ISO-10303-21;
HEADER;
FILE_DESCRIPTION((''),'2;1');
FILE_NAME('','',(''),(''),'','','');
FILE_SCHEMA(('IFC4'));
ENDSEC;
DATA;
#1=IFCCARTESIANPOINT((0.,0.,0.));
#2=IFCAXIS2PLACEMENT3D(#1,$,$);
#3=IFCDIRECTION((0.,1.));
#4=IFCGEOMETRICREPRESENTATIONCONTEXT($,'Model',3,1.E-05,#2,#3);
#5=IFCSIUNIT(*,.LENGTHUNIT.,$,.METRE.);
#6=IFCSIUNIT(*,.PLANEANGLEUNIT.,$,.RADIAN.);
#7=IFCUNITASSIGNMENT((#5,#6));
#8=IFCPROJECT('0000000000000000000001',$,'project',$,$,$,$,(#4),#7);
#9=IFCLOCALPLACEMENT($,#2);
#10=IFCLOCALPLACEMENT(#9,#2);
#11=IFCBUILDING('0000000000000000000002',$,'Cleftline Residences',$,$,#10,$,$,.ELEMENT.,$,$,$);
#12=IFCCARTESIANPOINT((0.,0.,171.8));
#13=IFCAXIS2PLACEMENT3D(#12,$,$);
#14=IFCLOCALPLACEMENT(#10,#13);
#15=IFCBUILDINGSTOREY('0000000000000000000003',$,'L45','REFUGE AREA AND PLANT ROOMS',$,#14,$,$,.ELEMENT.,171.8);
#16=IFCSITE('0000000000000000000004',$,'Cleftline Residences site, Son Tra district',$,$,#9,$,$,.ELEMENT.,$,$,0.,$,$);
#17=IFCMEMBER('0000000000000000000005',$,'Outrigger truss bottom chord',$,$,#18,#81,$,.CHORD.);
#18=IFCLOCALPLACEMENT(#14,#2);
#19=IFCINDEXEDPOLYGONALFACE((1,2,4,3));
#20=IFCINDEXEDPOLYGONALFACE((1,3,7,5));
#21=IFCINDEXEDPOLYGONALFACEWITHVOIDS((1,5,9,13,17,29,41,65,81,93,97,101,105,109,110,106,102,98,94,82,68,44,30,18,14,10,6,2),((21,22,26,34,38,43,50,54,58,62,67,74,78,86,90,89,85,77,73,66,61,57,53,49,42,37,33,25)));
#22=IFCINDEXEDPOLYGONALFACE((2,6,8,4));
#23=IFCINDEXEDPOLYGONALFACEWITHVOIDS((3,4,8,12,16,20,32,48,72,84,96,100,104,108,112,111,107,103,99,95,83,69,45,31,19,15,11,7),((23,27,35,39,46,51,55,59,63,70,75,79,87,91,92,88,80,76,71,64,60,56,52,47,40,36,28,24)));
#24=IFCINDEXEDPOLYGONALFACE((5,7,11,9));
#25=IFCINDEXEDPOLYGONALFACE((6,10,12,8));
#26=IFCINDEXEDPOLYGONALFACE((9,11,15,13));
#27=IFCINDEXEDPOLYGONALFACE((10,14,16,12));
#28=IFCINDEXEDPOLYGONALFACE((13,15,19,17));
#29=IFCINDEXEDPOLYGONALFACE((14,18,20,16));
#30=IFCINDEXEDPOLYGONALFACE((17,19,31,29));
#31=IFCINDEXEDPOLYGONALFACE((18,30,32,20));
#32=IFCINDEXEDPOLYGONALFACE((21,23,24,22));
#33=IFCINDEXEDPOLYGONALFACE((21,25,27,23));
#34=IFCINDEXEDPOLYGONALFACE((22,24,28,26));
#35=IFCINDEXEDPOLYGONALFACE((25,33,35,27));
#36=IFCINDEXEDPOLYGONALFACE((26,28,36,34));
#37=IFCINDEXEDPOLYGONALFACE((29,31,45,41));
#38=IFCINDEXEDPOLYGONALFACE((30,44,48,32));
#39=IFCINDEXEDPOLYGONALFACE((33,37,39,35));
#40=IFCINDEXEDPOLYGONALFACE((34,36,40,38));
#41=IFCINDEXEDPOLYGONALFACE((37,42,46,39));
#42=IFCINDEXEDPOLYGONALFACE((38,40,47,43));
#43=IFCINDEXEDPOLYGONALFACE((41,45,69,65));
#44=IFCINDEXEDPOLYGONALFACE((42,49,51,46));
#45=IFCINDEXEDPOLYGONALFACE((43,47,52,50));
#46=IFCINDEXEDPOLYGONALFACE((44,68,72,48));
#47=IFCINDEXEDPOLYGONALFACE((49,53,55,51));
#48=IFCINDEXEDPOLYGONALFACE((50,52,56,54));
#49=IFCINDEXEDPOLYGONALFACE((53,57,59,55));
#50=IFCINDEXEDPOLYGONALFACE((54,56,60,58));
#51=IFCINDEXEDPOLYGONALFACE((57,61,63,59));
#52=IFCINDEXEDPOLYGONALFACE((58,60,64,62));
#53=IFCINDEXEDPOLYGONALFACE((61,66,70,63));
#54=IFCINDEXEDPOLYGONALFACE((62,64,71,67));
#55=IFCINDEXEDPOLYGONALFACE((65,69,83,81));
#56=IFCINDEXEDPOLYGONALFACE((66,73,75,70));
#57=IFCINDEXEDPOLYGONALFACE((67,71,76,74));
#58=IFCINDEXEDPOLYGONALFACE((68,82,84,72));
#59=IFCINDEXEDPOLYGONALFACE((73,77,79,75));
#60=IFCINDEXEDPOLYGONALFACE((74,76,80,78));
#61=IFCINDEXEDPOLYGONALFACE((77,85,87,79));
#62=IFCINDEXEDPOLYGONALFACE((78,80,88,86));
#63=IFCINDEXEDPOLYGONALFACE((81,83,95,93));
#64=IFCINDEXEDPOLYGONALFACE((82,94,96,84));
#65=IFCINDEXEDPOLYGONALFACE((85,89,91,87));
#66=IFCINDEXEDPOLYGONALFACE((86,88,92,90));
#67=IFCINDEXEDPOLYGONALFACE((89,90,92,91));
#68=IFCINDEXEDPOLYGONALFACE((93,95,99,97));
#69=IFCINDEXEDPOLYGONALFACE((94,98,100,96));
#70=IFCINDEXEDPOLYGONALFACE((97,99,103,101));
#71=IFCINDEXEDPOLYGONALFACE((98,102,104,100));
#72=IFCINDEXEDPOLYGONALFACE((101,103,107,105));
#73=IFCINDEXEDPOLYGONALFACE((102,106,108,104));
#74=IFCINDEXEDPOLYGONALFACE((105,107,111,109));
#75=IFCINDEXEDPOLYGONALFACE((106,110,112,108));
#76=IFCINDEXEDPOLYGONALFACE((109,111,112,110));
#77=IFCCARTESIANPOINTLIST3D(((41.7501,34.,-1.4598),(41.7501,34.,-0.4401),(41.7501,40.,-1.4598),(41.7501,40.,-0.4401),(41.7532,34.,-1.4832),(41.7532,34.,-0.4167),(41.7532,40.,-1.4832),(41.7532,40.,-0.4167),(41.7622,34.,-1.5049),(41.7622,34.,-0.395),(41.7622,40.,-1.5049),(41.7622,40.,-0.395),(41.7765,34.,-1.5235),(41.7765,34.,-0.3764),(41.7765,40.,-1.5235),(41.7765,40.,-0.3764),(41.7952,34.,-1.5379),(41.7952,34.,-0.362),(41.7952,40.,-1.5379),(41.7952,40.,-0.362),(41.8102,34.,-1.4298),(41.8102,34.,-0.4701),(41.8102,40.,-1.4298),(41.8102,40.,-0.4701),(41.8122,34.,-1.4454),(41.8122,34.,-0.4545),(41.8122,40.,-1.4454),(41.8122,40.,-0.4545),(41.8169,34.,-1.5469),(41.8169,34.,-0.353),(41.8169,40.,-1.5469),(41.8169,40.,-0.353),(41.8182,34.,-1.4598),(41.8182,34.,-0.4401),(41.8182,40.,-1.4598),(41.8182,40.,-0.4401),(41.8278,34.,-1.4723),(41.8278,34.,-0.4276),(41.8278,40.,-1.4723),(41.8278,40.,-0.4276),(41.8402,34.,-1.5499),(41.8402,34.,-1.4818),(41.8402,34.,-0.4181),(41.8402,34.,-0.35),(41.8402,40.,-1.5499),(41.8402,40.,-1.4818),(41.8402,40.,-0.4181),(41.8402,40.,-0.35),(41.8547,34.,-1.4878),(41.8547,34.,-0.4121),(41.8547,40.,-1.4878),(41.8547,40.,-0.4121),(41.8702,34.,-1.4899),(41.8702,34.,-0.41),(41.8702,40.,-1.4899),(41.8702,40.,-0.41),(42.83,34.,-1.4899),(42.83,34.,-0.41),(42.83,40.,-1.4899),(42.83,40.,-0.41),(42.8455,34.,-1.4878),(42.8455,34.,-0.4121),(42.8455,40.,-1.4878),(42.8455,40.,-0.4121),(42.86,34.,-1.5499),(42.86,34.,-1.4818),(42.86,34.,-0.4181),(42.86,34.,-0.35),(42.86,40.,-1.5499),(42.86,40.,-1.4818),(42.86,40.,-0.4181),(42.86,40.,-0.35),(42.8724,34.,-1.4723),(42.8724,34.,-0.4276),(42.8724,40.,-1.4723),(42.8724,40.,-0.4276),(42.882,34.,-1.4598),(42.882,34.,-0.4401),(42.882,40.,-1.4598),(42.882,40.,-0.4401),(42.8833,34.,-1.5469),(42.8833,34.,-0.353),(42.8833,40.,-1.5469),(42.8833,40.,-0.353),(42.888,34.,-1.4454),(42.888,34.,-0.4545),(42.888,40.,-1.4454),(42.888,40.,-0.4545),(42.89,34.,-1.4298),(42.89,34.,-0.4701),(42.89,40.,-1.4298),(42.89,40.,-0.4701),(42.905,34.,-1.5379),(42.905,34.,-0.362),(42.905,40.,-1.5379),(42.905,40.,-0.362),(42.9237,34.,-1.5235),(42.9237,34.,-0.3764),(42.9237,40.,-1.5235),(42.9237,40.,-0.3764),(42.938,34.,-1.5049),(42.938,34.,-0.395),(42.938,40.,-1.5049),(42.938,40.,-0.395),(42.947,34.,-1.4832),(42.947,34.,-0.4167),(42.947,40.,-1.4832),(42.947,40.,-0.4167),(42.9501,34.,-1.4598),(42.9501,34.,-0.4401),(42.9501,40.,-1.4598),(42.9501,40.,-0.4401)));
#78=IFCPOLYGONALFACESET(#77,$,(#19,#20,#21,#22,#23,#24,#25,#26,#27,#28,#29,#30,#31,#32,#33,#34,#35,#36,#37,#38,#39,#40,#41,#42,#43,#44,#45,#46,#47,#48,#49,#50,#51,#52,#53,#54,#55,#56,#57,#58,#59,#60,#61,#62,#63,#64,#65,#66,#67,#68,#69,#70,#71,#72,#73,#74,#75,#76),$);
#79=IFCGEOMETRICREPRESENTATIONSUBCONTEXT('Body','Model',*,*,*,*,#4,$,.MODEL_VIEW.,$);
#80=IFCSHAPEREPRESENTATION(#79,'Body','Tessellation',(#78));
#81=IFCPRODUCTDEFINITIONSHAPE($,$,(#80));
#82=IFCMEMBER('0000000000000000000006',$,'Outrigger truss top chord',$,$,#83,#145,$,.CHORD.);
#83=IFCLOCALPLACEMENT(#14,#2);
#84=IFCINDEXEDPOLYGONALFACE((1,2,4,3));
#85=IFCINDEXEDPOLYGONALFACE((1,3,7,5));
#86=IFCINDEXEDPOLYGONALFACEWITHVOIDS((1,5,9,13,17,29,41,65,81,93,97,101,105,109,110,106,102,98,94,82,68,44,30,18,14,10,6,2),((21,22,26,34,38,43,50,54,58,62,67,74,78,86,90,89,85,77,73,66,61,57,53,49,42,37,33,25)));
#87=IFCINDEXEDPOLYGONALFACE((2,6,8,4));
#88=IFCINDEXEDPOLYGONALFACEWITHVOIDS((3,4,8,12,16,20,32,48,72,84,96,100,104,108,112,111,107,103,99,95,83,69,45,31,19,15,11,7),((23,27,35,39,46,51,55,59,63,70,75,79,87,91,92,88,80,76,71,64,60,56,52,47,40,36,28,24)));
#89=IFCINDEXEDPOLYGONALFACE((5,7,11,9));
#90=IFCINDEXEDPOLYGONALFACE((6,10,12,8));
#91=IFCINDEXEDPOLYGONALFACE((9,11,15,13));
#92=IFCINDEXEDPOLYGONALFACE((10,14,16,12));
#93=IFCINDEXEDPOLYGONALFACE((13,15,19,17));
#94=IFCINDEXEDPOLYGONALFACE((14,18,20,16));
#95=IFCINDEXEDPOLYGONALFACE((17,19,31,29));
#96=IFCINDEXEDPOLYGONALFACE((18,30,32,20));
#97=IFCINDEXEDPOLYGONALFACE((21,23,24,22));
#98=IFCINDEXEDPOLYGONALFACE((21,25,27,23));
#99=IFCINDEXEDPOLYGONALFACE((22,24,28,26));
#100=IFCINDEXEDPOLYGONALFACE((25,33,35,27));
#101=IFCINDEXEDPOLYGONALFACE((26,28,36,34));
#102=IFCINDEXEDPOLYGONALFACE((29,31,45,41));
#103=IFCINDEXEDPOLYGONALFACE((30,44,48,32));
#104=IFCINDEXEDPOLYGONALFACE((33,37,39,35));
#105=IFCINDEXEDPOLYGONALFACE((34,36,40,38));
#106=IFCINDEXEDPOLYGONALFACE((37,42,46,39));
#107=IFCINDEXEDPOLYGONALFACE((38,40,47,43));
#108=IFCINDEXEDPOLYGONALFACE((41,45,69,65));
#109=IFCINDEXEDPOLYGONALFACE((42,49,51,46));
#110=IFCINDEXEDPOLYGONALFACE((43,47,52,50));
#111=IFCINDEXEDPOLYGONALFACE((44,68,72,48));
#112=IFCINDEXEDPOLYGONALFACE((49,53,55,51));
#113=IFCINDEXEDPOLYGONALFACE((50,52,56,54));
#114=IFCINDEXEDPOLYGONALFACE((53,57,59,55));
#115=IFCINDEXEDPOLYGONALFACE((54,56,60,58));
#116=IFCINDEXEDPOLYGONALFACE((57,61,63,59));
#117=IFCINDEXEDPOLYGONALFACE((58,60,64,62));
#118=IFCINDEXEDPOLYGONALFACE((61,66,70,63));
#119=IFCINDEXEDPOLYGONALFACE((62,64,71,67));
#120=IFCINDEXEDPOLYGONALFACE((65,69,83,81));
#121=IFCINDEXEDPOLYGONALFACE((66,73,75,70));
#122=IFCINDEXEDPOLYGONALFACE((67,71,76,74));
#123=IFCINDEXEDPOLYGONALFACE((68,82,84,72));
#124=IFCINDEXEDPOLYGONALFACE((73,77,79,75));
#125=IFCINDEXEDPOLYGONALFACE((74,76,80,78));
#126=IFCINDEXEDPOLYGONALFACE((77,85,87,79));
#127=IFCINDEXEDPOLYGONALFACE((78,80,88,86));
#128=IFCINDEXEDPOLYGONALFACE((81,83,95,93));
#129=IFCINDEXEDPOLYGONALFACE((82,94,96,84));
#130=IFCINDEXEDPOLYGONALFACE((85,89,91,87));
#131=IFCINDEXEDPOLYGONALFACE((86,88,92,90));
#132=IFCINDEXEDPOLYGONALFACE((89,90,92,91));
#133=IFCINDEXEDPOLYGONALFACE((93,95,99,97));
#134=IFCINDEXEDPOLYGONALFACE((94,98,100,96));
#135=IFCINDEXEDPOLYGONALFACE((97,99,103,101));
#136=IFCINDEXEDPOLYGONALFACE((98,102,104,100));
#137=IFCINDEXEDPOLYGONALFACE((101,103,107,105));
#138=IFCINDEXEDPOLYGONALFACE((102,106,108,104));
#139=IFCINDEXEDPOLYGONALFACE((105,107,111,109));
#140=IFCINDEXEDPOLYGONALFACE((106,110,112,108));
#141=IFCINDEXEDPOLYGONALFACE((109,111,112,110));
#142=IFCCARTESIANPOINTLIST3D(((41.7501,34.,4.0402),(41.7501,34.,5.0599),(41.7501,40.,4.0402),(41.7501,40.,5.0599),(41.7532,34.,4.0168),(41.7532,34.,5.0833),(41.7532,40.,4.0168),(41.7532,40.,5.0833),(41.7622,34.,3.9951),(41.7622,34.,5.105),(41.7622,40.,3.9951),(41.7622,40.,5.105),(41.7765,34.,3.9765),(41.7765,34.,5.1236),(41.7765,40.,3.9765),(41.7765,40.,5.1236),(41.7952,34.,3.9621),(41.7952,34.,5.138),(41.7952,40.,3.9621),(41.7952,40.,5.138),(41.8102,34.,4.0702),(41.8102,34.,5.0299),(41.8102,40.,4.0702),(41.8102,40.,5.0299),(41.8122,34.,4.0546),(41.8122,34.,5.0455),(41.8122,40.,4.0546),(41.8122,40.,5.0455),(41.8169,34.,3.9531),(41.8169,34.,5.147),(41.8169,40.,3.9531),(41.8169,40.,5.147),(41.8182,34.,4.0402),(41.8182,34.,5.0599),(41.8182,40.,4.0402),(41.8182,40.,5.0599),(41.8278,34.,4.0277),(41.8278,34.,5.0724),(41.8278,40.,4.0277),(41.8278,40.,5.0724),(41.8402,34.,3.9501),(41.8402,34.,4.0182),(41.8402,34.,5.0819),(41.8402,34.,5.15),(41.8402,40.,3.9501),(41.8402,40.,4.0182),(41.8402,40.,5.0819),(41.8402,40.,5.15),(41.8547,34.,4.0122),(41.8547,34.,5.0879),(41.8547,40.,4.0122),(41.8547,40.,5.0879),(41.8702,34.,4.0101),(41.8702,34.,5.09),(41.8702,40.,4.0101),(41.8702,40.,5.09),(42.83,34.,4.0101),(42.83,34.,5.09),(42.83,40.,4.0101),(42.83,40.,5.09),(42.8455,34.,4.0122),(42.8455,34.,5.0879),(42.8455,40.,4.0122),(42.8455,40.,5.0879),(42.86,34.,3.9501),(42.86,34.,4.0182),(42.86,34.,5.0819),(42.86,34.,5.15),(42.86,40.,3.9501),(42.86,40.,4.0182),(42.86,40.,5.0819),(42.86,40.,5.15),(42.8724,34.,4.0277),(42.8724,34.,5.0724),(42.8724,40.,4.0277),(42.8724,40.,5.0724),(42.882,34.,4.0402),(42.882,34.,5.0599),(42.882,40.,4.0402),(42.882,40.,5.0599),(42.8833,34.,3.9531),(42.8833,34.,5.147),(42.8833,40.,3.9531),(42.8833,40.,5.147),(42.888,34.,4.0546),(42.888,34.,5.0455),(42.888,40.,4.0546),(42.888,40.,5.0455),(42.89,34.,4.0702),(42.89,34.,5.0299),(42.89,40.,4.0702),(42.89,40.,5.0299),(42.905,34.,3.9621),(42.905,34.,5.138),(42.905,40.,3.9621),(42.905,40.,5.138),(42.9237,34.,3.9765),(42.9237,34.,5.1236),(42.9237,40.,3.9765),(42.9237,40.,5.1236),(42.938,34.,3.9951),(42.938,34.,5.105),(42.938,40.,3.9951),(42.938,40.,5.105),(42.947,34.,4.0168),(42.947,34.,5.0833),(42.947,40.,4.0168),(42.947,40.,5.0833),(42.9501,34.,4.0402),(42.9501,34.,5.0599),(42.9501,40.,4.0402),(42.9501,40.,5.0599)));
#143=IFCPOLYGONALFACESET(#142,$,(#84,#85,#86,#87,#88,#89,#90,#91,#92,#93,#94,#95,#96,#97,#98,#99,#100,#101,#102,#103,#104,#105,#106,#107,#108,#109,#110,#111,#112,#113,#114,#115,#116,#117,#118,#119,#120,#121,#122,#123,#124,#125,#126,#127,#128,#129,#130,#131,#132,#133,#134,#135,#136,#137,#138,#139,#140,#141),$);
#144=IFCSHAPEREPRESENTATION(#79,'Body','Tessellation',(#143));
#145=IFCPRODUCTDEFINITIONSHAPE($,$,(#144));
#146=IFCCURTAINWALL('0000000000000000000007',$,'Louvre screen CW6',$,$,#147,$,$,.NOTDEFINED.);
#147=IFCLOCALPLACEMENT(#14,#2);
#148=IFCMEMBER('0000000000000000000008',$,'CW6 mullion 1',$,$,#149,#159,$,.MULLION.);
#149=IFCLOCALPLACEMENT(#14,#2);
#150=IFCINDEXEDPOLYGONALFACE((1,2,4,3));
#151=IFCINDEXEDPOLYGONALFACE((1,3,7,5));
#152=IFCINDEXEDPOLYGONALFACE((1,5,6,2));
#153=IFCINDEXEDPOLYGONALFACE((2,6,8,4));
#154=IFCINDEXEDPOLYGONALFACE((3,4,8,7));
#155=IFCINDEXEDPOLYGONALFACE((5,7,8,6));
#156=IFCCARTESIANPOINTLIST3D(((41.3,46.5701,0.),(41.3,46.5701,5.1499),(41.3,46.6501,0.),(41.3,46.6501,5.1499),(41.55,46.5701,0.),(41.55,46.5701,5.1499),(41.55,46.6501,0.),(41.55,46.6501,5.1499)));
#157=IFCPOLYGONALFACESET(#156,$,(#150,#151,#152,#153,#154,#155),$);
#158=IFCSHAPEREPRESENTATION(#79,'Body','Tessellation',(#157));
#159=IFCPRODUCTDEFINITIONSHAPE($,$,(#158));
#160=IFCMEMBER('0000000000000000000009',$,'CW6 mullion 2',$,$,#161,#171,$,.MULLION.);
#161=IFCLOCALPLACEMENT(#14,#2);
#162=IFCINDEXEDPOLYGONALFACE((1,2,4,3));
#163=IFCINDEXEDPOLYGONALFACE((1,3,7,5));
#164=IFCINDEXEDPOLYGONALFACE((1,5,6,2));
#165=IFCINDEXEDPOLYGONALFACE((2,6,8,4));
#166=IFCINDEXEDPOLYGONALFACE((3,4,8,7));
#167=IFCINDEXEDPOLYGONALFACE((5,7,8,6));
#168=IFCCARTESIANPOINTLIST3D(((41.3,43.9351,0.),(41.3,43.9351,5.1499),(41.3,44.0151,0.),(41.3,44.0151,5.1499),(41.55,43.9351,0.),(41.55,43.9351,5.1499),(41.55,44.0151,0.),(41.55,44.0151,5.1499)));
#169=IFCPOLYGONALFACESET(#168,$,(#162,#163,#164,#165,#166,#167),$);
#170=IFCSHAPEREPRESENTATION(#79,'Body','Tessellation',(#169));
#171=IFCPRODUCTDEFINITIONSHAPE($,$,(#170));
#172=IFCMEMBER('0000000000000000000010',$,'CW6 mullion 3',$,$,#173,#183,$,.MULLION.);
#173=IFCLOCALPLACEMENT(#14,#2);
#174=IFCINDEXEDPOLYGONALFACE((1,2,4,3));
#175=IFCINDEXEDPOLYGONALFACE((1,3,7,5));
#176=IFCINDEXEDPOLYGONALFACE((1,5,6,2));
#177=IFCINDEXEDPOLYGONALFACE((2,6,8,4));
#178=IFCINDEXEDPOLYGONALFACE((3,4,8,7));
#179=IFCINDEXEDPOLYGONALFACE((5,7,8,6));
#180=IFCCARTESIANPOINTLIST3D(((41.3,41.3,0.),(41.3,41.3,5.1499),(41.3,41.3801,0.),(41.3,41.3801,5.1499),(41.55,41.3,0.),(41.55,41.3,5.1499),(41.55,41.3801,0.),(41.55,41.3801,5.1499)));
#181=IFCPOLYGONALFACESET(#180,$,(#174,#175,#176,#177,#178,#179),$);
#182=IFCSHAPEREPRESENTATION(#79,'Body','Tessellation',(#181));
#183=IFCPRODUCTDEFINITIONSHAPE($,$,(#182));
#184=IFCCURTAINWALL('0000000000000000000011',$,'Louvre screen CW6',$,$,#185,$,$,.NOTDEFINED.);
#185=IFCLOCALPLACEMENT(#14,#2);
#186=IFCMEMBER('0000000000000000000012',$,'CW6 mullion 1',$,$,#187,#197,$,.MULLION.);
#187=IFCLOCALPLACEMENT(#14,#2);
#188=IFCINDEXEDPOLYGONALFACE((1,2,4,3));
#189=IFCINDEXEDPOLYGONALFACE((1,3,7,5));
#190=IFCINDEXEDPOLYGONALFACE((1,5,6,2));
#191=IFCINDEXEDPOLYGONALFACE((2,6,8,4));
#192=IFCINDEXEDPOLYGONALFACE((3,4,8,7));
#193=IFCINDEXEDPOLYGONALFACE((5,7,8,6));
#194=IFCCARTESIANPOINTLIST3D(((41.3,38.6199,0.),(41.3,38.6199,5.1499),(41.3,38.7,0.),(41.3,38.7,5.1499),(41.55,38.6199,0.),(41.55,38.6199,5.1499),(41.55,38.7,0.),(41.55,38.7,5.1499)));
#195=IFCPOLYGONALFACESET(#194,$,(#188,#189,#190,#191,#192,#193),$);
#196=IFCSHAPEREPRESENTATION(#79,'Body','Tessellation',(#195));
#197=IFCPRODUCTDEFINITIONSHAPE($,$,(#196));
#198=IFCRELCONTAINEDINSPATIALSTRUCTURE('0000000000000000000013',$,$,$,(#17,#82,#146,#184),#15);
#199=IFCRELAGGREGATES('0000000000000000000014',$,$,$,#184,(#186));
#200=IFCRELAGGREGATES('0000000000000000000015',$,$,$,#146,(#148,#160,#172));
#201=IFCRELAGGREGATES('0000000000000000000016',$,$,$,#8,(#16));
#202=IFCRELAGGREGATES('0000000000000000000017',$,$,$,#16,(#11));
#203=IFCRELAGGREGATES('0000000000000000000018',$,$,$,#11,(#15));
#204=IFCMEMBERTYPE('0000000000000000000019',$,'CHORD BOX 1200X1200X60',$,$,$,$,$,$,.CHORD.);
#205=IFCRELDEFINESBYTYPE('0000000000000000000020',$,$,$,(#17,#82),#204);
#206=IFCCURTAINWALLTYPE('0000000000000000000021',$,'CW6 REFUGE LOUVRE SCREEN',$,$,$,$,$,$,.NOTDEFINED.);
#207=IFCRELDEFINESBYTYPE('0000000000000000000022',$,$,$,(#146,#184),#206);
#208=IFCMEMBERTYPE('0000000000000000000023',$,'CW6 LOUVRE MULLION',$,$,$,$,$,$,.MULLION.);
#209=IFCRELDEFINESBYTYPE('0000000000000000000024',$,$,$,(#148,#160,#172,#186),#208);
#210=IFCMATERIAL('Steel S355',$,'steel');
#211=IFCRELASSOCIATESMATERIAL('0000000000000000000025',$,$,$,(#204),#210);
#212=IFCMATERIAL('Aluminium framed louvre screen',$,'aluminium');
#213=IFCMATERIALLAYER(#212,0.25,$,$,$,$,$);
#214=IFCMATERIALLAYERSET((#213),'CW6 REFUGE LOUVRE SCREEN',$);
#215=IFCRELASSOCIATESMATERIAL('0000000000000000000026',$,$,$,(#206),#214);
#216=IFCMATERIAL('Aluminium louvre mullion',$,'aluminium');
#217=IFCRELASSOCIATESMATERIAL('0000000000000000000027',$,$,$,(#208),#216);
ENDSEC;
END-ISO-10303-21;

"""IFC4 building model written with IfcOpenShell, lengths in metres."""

from ifc_helpers import new_model, si_unit, direction, frame, origin, origin_2d, place, context, subcontext, project, spatial, rectangle, hollow_rectangle, extrude, material, layer, layer_set, material_profile, profile_set, type_object, element, aggregate, save


model = new_model("IFC4")

# Units and contexts
model_context = context("Model", 3, precision=1e-05, world=origin(), true_north=direction((0.0, 1.0)))
body_context = subcontext(model_context, "Body", "Model", "MODEL_VIEW")
ifc_project = project(units=[si_unit("LENGTHUNIT", "METRE"), si_unit("PLANEANGLEUNIT", "RADIAN")], contexts=[model_context])

# Site, building, storey
site_placement = place(None, origin())
site = spatial("IfcSite", under=ifc_project, at=site_placement, Name="Cleftline Residences site, Son Tra district", CompositionType="ELEMENT", RefElevation=0.0)
building_placement = place(site_placement, origin())
building = spatial("IfcBuilding", under=site, at=building_placement, Name="Cleftline Residences", CompositionType="ELEMENT")
storey_placement = place(building_placement, frame((0.0, 0.0, 171.8)))
storey = spatial("IfcBuildingStorey", under=building, at=storey_placement, Name="L45", Description="REFUGE AREA AND PLANT ROOMS", CompositionType="ELEMENT", Elevation=171.8)

# Members
ifc_material_1 = material(Name="Steel S355", Category="steel")
ifc_material_profile_1 = material_profile(ifc_material_1, hollow_rectangle(XDim=1.2, YDim=1.2, WallThickness=0.0601, InnerFilletRadius=0.0601, OuterFilletRadius=0.0901, at=origin_2d()))
ifc_profile_set_1 = profile_set([ifc_material_profile_1], Name="Steel S355")
member_type_1 = type_object("IfcMemberType", Name="CHORD BOX 1200X1200X60", PredefinedType="CHORD", material=ifc_profile_set_1)
for number, where, z_axis, x_axis, name in (
    (1, (42.3501, 40.0, -0.95), (0.0, -1.0, 0.0), (1.0, 0.0, 0.0), "Outrigger truss bottom chord"),
    (2, (42.3501, 40.0, 4.55), (0.0, -1.0, 0.0), (1.0, 0.0, 0.0), "Outrigger truss top chord"),
):
    element("IfcMember", number, at=place(storey_placement, frame(where, z_axis=z_axis, x_axis=x_axis)), inside=storey, type_object=member_type_1, Name=name, PredefinedType="CHORD", context=body_context, shape_type="SweptSolid", body=[
        extrude(hollow_rectangle(XDim=1.2, YDim=1.2, WallThickness=0.0601, InnerFilletRadius=0.0601, OuterFilletRadius=0.0901, at=origin_2d()), origin(), (0.0, 0.0, 1.0), 6.0),
    ])

# Curtain wall, members
ifc_material_2 = material(Name="Aluminium framed louvre screen", Category="aluminium")
ifc_layer_1 = layer(ifc_material_2, 0.25)
ifc_layer_set_1 = layer_set([ifc_layer_1], Name="CW6 REFUGE LOUVRE SCREEN")
curtain_wall_type = type_object("IfcCurtainWallType", Name="CW6 REFUGE LOUVRE SCREEN", PredefinedType="NOTDEFINED", material=ifc_layer_set_1)
curtain_wall_1_placement = place(storey_placement, origin())
curtain_wall_1 = element("IfcCurtainWall", 3, at=curtain_wall_1_placement, inside=storey, type_object=curtain_wall_type, Name="Louvre screen CW6", PredefinedType="NOTDEFINED")
ifc_material_3 = material(Name="Aluminium louvre mullion", Category="aluminium")
ifc_material_profile_2 = material_profile(ifc_material_3, rectangle(XDim=0.25, YDim=0.0801, at=origin_2d()))
ifc_profile_set_2 = profile_set([ifc_material_profile_2], Name="Aluminium louvre mullion")
member_type_2 = type_object("IfcMemberType", Name="CW6 LOUVRE MULLION", PredefinedType="MULLION", material=ifc_profile_set_2)
member_1_placement = place(storey_placement, frame((41.425, 46.6101, 0.0), z_axis=(0.0, 0.0, 1.0), x_axis=(1.0, 0.0, 0.0)))
member_1 = element("IfcMember", 4, at=member_1_placement, type_object=member_type_2, Name="CW6 mullion 1", PredefinedType="MULLION", context=body_context, shape_type="SweptSolid", body=[
    extrude(rectangle(XDim=0.25, YDim=0.0801, at=origin_2d()), origin(), (0.0, 0.0, 1.0), 5.1499),
])
member_2_placement = place(storey_placement, frame((41.425, 43.9751, 0.0), z_axis=(0.0, 0.0, 1.0), x_axis=(1.0, 0.0, 0.0)))
member_2 = element("IfcMember", 5, at=member_2_placement, type_object=member_type_2, Name="CW6 mullion 2", PredefinedType="MULLION", context=body_context, shape_type="SweptSolid", body=[
    extrude(rectangle(XDim=0.25, YDim=0.0801, at=origin_2d()), origin(), (0.0, 0.0, 1.0), 5.1499),
])
member_3_placement = place(storey_placement, frame((41.425, 41.3401, 0.0), z_axis=(0.0, 0.0, 1.0), x_axis=(1.0, 0.0, 0.0)))
member_3 = element("IfcMember", 6, at=member_3_placement, type_object=member_type_2, Name="CW6 mullion 3", PredefinedType="MULLION", context=body_context, shape_type="SweptSolid", body=[
    extrude(rectangle(XDim=0.25, YDim=0.0801, at=origin_2d()), origin(), (0.0, 0.0, 1.0), 5.1499),
])

# Curtain wall, member
curtain_wall_2_placement = place(storey_placement, origin())
curtain_wall_2 = element("IfcCurtainWall", 7, at=curtain_wall_2_placement, inside=storey, type_object=curtain_wall_type, Name="Louvre screen CW6", PredefinedType="NOTDEFINED")
member_4_placement = place(storey_placement, frame((41.425, 38.6599, 0.0), z_axis=(0.0, 0.0, 1.0), x_axis=(1.0, 0.0, 0.0)))
member_4 = element("IfcMember", 8, at=member_4_placement, type_object=member_type_2, Name="CW6 mullion 1", PredefinedType="MULLION", context=body_context, shape_type="SweptSolid", body=[
    extrude(rectangle(XDim=0.25, YDim=0.0801, at=origin_2d()), origin(), (0.0, 0.0, 1.0), 5.1499),
])

aggregate(curtain_wall_2, [member_4])

aggregate(curtain_wall_1, [member_1, member_2, member_3])

save(model, "model.ifc")
